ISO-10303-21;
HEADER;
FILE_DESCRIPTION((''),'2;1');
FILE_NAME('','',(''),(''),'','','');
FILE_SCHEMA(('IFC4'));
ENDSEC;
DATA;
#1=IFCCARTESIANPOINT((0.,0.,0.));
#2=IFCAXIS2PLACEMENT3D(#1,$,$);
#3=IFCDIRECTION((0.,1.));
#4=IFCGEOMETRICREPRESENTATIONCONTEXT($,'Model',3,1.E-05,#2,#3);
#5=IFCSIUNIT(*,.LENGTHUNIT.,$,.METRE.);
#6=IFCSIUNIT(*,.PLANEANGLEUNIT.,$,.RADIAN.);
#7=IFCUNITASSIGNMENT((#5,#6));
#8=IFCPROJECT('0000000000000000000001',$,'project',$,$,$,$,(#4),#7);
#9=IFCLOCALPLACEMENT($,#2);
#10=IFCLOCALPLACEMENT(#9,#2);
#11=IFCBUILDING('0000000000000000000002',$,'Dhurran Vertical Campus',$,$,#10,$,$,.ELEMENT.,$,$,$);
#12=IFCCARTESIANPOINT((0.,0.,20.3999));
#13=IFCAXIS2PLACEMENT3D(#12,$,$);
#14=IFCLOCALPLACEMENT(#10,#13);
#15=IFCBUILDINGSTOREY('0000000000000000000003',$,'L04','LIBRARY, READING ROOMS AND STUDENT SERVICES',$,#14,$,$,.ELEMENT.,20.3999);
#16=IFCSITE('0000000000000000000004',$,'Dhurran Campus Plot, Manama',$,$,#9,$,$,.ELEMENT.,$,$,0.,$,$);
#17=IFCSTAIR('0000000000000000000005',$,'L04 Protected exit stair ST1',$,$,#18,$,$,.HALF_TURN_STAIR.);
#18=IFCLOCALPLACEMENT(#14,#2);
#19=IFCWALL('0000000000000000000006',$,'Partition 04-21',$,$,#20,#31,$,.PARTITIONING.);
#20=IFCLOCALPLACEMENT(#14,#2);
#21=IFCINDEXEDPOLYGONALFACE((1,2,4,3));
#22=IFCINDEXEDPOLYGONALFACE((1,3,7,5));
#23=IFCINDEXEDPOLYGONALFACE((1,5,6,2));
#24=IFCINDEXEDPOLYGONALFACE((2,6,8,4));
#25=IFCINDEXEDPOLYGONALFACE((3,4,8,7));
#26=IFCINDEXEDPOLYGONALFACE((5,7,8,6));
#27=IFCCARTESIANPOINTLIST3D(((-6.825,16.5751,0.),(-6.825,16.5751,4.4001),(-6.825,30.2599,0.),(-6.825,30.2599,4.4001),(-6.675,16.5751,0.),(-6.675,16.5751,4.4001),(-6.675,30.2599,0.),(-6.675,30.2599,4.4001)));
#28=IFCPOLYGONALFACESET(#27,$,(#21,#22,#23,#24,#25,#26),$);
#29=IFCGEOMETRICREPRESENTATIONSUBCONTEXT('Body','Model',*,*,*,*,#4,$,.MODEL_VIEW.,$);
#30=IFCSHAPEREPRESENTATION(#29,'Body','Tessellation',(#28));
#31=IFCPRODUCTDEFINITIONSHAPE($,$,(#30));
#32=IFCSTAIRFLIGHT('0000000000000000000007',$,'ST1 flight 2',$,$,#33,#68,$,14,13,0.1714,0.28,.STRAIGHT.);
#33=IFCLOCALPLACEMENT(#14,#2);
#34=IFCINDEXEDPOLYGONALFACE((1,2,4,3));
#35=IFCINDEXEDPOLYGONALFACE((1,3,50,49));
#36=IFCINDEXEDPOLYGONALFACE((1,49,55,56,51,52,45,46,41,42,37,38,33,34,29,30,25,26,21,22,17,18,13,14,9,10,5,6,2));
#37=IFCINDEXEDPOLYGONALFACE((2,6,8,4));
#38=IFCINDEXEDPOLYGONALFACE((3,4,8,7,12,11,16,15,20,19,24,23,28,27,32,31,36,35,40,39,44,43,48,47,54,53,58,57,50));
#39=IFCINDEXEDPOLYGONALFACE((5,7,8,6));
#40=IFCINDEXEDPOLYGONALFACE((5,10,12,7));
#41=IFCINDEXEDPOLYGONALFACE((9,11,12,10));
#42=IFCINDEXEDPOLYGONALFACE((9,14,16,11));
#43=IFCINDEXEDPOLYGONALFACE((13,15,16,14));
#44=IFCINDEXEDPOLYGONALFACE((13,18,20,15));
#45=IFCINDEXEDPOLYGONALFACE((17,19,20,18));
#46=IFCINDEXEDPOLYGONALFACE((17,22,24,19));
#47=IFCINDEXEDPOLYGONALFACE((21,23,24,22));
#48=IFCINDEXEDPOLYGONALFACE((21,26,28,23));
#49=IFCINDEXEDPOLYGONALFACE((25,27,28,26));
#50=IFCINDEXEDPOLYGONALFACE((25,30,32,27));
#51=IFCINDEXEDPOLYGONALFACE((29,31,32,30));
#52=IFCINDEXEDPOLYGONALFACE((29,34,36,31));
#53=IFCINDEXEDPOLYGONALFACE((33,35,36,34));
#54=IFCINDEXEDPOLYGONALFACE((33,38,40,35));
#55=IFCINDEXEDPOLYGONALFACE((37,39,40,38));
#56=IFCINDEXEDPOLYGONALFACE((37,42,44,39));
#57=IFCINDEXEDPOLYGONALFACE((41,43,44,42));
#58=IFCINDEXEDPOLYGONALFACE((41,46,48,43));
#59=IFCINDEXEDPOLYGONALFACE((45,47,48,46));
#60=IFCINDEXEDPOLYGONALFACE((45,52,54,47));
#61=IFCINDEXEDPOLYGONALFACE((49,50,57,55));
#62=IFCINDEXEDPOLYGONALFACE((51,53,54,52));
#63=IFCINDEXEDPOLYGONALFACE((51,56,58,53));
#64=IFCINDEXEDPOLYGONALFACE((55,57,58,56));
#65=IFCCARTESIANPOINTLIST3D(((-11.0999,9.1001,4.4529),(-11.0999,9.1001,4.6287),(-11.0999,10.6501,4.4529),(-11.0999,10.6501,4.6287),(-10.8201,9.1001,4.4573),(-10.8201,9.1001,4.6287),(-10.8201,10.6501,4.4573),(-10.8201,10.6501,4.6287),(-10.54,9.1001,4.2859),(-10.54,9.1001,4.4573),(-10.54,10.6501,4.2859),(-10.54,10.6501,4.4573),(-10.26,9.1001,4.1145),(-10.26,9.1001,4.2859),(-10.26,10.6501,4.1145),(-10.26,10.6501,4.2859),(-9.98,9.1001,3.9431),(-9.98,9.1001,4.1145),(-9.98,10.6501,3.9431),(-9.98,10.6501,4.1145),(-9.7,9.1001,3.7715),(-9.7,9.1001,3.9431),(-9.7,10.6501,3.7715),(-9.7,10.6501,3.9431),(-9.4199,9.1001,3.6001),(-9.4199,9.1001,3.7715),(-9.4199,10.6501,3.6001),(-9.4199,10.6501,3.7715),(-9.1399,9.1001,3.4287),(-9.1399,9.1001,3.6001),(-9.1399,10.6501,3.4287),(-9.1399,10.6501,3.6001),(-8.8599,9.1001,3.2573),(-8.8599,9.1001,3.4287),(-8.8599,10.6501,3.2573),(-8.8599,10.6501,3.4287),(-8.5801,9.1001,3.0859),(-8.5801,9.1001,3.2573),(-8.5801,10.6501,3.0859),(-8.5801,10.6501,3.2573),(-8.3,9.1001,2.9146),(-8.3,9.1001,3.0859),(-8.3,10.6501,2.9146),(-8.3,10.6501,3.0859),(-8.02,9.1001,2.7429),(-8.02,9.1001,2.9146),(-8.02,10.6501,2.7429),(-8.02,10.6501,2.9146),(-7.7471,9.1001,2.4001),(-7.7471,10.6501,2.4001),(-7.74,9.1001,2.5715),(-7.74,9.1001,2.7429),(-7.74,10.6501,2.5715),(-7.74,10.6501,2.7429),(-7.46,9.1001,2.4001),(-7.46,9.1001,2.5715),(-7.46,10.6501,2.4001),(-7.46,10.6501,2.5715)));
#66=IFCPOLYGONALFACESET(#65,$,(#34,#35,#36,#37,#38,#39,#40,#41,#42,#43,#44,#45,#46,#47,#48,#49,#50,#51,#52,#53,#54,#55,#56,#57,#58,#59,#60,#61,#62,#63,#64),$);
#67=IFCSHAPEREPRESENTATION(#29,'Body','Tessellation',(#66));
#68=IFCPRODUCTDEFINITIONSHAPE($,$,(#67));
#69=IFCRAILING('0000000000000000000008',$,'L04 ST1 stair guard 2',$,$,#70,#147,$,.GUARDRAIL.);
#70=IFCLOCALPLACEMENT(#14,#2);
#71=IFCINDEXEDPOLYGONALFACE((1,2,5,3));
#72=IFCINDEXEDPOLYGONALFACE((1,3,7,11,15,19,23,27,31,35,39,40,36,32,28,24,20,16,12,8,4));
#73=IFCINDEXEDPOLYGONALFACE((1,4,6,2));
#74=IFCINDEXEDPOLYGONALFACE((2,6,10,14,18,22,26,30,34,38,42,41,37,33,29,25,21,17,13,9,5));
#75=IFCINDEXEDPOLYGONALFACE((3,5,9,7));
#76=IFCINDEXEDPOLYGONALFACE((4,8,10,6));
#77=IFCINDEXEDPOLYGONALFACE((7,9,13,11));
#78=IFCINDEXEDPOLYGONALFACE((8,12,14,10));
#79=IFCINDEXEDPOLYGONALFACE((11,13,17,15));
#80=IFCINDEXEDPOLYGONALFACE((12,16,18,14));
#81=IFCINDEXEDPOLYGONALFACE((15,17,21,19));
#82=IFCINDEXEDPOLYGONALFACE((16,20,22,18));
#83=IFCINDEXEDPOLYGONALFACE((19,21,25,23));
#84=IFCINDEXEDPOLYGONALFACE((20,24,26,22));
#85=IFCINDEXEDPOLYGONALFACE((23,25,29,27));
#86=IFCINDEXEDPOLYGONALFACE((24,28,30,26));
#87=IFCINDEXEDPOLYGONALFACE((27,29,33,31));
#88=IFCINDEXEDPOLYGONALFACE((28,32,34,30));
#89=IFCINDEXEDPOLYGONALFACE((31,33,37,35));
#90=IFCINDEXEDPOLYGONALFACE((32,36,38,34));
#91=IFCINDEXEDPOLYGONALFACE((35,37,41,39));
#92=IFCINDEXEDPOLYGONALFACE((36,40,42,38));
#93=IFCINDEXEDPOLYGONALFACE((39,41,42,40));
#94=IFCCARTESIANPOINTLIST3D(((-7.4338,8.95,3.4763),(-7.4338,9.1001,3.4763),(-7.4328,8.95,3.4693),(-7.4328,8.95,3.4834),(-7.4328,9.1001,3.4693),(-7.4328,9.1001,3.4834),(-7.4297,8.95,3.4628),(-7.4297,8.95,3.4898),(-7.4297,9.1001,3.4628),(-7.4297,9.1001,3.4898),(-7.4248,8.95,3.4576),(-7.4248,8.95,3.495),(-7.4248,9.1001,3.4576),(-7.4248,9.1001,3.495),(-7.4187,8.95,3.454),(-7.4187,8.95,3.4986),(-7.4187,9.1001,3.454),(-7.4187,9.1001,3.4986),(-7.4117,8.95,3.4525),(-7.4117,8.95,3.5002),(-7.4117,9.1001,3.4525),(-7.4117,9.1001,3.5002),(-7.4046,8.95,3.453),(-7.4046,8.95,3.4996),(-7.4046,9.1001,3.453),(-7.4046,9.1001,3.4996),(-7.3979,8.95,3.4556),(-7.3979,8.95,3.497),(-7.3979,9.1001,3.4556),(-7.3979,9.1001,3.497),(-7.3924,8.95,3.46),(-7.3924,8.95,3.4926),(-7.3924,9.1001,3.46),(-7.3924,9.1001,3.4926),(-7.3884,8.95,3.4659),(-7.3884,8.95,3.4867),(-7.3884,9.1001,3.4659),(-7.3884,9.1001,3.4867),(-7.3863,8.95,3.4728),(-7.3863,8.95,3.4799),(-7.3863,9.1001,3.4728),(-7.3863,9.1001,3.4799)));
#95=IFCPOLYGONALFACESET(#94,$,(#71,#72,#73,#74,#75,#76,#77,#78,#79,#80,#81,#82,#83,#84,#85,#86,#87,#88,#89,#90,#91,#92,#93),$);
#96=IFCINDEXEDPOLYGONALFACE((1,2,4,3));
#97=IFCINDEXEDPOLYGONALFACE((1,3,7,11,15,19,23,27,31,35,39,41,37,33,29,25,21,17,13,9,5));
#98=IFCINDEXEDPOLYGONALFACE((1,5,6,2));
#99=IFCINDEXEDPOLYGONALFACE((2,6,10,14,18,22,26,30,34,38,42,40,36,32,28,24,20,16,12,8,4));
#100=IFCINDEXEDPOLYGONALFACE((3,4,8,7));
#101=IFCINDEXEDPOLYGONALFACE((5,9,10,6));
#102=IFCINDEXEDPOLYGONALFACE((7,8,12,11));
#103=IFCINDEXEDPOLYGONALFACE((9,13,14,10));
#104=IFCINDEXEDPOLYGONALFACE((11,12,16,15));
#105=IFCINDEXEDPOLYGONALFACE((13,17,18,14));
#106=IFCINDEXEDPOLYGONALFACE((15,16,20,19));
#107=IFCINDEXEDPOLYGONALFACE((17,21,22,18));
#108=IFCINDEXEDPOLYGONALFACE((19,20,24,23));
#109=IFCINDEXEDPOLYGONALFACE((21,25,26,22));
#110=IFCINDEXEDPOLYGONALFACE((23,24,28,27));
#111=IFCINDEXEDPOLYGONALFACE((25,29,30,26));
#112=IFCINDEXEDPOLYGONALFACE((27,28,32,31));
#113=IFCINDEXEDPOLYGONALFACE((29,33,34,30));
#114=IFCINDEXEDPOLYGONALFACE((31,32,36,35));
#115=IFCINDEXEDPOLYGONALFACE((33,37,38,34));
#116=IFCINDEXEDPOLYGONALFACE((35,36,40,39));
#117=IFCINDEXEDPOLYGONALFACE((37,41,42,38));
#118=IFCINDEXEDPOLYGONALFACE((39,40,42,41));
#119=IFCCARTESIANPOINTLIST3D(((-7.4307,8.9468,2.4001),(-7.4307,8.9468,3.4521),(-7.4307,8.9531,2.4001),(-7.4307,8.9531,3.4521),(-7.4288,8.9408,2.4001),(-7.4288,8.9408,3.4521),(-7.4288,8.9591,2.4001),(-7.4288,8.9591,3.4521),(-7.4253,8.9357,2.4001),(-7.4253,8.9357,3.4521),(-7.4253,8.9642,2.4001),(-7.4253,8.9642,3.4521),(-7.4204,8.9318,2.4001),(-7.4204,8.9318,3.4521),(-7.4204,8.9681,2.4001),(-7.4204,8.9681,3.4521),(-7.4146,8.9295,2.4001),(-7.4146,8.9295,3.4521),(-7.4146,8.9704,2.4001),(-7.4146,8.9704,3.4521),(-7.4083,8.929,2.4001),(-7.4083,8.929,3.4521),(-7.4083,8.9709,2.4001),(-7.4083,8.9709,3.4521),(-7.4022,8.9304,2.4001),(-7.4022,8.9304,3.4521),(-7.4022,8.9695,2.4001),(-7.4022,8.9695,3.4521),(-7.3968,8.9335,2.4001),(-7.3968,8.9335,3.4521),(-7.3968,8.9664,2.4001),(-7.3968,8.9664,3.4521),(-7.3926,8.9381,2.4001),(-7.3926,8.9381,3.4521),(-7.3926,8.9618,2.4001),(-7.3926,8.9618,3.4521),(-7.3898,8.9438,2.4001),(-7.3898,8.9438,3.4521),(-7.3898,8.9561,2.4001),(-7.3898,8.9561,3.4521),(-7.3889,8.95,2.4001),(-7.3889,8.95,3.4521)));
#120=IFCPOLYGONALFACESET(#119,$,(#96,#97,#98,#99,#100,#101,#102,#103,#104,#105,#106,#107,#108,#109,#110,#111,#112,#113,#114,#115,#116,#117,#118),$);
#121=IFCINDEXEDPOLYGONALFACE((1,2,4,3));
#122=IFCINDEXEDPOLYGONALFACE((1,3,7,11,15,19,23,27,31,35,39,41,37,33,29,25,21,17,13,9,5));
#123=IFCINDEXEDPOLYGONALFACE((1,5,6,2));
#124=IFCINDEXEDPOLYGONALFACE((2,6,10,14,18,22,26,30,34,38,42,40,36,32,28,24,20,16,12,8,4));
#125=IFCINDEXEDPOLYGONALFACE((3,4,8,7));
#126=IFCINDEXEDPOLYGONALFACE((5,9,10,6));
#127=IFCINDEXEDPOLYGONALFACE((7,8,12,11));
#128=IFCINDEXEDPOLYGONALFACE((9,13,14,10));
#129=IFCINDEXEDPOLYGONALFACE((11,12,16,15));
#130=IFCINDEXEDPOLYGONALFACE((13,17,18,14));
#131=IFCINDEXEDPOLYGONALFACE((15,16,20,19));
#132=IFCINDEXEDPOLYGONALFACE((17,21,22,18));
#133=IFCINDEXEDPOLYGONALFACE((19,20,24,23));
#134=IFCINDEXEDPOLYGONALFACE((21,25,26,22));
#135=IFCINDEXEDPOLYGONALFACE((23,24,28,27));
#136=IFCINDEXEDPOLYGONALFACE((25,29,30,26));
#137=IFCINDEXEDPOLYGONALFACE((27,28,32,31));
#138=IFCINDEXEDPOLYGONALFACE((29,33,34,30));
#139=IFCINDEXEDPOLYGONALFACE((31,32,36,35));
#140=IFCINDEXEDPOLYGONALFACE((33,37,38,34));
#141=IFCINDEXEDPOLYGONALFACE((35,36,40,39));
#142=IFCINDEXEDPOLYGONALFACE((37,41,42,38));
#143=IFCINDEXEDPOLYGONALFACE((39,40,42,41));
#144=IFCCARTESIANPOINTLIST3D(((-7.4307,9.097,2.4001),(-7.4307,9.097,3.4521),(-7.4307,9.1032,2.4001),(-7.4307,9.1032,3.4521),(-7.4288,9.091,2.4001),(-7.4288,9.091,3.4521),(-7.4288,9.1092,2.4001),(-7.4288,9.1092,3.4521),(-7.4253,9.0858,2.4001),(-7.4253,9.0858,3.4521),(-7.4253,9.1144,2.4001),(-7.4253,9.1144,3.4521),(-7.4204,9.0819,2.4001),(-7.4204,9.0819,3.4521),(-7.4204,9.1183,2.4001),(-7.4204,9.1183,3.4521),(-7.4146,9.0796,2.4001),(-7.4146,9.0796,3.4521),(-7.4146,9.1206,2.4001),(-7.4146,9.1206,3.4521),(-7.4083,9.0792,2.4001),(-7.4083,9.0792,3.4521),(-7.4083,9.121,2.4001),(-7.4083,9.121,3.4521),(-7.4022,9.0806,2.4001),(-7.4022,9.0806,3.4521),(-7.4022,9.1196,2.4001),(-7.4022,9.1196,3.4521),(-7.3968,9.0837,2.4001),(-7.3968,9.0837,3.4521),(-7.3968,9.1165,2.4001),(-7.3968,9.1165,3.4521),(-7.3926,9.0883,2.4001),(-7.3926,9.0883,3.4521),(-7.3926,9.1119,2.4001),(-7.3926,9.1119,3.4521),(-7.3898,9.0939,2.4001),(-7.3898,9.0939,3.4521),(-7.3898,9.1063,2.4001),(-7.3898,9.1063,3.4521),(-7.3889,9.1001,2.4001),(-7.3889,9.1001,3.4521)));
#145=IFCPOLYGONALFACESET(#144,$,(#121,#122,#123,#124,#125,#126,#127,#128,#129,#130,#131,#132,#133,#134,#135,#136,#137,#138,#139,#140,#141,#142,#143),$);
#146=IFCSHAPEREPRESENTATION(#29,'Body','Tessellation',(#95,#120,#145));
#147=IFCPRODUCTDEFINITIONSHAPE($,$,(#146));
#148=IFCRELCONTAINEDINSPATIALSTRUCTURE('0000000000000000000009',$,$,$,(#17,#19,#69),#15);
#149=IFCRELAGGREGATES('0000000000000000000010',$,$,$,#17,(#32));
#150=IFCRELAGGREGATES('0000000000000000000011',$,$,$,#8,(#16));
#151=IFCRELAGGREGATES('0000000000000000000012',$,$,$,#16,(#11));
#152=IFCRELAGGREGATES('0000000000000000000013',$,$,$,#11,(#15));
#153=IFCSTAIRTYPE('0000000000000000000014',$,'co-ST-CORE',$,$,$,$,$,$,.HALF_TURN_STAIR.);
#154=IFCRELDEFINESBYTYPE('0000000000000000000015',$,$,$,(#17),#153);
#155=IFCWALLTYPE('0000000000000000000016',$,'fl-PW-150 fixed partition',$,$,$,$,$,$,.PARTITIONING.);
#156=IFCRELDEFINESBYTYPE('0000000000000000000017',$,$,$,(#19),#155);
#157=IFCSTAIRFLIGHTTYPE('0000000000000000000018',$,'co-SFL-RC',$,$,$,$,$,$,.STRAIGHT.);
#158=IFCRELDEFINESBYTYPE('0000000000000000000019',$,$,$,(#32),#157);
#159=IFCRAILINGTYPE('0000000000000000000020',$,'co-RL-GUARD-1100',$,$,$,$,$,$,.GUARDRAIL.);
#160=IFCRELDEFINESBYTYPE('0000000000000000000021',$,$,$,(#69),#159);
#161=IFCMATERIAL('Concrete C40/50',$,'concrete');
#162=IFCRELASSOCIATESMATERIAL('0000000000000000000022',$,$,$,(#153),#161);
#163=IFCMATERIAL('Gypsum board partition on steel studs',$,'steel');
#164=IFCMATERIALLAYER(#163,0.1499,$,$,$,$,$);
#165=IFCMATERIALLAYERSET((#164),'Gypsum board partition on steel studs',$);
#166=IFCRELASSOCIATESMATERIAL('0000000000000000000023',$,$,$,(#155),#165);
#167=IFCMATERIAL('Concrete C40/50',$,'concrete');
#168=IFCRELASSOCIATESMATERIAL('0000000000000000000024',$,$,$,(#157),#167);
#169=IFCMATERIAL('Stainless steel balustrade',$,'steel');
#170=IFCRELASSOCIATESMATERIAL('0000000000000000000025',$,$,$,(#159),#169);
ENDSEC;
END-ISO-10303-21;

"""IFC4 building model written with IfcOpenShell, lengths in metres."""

from ifc_helpers import new_model, si_unit, direction, frame, frame_2d, origin, origin_2d, place, context, subcontext, project, spatial, polyline, rectangle, circle, outline, extrude, material, layer, layer_set, type_object, element, aggregate, save


model = new_model("IFC4")

# Units and contexts
model_context = context("Model", 3, precision=1e-05, world=origin(), true_north=direction((0.0, 1.0)))
body_context = subcontext(model_context, "Body", "Model", "MODEL_VIEW")
ifc_project = project(units=[si_unit("LENGTHUNIT", "METRE"), si_unit("PLANEANGLEUNIT", "RADIAN")], contexts=[model_context])

# Site, building, storey
site_placement = place(None, origin())
site = spatial("IfcSite", under=ifc_project, at=site_placement, Name="Dhurran Campus Plot, Manama", CompositionType="ELEMENT", RefElevation=0.0)
building_placement = place(site_placement, origin())
building = spatial("IfcBuilding", under=site, at=building_placement, Name="Dhurran Vertical Campus", CompositionType="ELEMENT")
storey_placement = place(building_placement, frame((0.0, 0.0, 20.3999)))
storey = spatial("IfcBuildingStorey", under=building, at=storey_placement, Name="L04", Description="LIBRARY, READING ROOMS AND STUDENT SERVICES", CompositionType="ELEMENT", Elevation=20.3999)

# Stair
ifc_material_1 = material(Name="Concrete C40/50", Category="concrete")
stair_type = type_object("IfcStairType", Name="co-ST-CORE", PredefinedType="HALF_TURN_STAIR", material=ifc_material_1)
stair_1_placement = place(storey_placement, origin())
stair_1 = element("IfcStair", 1, at=stair_1_placement, inside=storey, type_object=stair_type, Name="L04 Protected exit stair ST1", PredefinedType="HALF_TURN_STAIR")

# Wall
ifc_material_2 = material(Name="Gypsum board partition on steel studs", Category="steel")
ifc_layer_1 = layer(ifc_material_2, 0.1499)
ifc_layer_set_1 = layer_set([ifc_layer_1], Name="Gypsum board partition on steel studs")
wall_type_1 = type_object("IfcWallType", Name="fl-PW-150 fixed partition", PredefinedType="PARTITIONING", material=ifc_layer_set_1)
wall_1_placement = place(storey_placement, frame((-6.75, 30.2598, 0.0), z_axis=(0.0, 0.0, 1.0), x_axis=(0.0, -1.0, 0.0)))
element("IfcWall", 2, at=wall_1_placement, inside=storey, type_object=wall_type_1, Name="Partition 04-21", PredefinedType="PARTITIONING", context=body_context, shape_type="SweptSolid", body=[
    extrude(rectangle(XDim=13.6848, YDim=0.1499, at=frame_2d((6.8423, 0.0))), origin(), (0.0, 0.0, 1.0), 4.4001),
])

# Stair flight
ifc_material_3 = material(Name="Concrete C40/50", Category="concrete")
stair_flight_type = type_object("IfcStairFlightType", Name="co-SFL-RC", PredefinedType="STRAIGHT", material=ifc_material_3)
stair_flight_placement = place(storey_placement, frame((-7.46, 9.875, 2.4001), z_axis=(0.0, 0.0, 1.0), x_axis=(-1.0, 0.0, 0.0)))
stair_flight = element("IfcStairFlight", 3, at=stair_flight_placement, type_object=stair_flight_type, Name="ST1 flight 2", NumberOfRisers=14, NumberOfTreads=13, PredefinedType="STRAIGHT", RiserHeight=0.1714, TreadLength=0.28, context=body_context, shape_type="SweptSolid", body=[
    extrude(outline(polyline([(0.0, 0.0), (0.0, 0.1714), (0.28, 0.1714), (0.28, 0.3428), (0.5601, 0.3428), (0.5601, 0.5144), (0.8401, 0.5144), (0.8401, 0.6858), (1.1201, 0.6858), (1.1201, 0.8572), (1.3999, 0.8572), (1.3999, 1.0286), (1.6799, 1.0286), (1.6799, 1.2), (1.96, 1.2), (1.96, 1.3713), (2.24, 1.3713), (2.24, 1.543), (2.52, 1.543), (2.52, 1.7144), (2.8, 1.7144), (2.8, 1.8857), (3.0801, 1.8857), (3.0801, 2.0571), (3.3601, 2.0571), (3.3601, 2.2285), (3.6399, 2.2285), (3.6399, 2.3999), (3.6399, 2.0527), (0.2871, 0.0), (0.0, 0.0)])), frame((0.0, 0.7749, 0.0), z_axis=(0.0, -1.0, 0.0), x_axis=(1.0, 0.0, 0.0)), (0.0, 0.0, 1.0), 1.55),
])
aggregate(stair_1, [stair_flight])

# Railing
ifc_material_4 = material(Name="Stainless steel balustrade", Category="steel")
railing_type_1 = type_object("IfcRailingType", Name="co-RL-GUARD-1100", PredefinedType="GUARDRAIL", material=ifc_material_4)
railing_1_placement = place(storey_placement, frame((-7.4099, 8.95, 2.4001)))
element("IfcRailing", 4, at=railing_1_placement, inside=storey, type_object=railing_type_1, Name="L04 ST1 stair guard 2", PredefinedType="GUARDRAIL", context=body_context, shape_type="SweptSolid", body=[
    extrude(circle(Radius=0.0239, at=origin_2d()), frame((0.0, 0.0, 1.0762), z_axis=(0.0, 1.0, 0.0), x_axis=(-1.0, 0.0, 0.0)), (0.0, 0.0, 1.0), 0.1501),
    extrude(circle(Radius=0.021, at=origin_2d()), origin(), (0.0, 0.0, 1.0), 1.052),
    extrude(circle(Radius=0.021, at=origin_2d()), frame((0.0, 0.1501, 0.0)), (0.0, 0.0, 1.0), 1.052),
])

save(model, "model.ifc")
